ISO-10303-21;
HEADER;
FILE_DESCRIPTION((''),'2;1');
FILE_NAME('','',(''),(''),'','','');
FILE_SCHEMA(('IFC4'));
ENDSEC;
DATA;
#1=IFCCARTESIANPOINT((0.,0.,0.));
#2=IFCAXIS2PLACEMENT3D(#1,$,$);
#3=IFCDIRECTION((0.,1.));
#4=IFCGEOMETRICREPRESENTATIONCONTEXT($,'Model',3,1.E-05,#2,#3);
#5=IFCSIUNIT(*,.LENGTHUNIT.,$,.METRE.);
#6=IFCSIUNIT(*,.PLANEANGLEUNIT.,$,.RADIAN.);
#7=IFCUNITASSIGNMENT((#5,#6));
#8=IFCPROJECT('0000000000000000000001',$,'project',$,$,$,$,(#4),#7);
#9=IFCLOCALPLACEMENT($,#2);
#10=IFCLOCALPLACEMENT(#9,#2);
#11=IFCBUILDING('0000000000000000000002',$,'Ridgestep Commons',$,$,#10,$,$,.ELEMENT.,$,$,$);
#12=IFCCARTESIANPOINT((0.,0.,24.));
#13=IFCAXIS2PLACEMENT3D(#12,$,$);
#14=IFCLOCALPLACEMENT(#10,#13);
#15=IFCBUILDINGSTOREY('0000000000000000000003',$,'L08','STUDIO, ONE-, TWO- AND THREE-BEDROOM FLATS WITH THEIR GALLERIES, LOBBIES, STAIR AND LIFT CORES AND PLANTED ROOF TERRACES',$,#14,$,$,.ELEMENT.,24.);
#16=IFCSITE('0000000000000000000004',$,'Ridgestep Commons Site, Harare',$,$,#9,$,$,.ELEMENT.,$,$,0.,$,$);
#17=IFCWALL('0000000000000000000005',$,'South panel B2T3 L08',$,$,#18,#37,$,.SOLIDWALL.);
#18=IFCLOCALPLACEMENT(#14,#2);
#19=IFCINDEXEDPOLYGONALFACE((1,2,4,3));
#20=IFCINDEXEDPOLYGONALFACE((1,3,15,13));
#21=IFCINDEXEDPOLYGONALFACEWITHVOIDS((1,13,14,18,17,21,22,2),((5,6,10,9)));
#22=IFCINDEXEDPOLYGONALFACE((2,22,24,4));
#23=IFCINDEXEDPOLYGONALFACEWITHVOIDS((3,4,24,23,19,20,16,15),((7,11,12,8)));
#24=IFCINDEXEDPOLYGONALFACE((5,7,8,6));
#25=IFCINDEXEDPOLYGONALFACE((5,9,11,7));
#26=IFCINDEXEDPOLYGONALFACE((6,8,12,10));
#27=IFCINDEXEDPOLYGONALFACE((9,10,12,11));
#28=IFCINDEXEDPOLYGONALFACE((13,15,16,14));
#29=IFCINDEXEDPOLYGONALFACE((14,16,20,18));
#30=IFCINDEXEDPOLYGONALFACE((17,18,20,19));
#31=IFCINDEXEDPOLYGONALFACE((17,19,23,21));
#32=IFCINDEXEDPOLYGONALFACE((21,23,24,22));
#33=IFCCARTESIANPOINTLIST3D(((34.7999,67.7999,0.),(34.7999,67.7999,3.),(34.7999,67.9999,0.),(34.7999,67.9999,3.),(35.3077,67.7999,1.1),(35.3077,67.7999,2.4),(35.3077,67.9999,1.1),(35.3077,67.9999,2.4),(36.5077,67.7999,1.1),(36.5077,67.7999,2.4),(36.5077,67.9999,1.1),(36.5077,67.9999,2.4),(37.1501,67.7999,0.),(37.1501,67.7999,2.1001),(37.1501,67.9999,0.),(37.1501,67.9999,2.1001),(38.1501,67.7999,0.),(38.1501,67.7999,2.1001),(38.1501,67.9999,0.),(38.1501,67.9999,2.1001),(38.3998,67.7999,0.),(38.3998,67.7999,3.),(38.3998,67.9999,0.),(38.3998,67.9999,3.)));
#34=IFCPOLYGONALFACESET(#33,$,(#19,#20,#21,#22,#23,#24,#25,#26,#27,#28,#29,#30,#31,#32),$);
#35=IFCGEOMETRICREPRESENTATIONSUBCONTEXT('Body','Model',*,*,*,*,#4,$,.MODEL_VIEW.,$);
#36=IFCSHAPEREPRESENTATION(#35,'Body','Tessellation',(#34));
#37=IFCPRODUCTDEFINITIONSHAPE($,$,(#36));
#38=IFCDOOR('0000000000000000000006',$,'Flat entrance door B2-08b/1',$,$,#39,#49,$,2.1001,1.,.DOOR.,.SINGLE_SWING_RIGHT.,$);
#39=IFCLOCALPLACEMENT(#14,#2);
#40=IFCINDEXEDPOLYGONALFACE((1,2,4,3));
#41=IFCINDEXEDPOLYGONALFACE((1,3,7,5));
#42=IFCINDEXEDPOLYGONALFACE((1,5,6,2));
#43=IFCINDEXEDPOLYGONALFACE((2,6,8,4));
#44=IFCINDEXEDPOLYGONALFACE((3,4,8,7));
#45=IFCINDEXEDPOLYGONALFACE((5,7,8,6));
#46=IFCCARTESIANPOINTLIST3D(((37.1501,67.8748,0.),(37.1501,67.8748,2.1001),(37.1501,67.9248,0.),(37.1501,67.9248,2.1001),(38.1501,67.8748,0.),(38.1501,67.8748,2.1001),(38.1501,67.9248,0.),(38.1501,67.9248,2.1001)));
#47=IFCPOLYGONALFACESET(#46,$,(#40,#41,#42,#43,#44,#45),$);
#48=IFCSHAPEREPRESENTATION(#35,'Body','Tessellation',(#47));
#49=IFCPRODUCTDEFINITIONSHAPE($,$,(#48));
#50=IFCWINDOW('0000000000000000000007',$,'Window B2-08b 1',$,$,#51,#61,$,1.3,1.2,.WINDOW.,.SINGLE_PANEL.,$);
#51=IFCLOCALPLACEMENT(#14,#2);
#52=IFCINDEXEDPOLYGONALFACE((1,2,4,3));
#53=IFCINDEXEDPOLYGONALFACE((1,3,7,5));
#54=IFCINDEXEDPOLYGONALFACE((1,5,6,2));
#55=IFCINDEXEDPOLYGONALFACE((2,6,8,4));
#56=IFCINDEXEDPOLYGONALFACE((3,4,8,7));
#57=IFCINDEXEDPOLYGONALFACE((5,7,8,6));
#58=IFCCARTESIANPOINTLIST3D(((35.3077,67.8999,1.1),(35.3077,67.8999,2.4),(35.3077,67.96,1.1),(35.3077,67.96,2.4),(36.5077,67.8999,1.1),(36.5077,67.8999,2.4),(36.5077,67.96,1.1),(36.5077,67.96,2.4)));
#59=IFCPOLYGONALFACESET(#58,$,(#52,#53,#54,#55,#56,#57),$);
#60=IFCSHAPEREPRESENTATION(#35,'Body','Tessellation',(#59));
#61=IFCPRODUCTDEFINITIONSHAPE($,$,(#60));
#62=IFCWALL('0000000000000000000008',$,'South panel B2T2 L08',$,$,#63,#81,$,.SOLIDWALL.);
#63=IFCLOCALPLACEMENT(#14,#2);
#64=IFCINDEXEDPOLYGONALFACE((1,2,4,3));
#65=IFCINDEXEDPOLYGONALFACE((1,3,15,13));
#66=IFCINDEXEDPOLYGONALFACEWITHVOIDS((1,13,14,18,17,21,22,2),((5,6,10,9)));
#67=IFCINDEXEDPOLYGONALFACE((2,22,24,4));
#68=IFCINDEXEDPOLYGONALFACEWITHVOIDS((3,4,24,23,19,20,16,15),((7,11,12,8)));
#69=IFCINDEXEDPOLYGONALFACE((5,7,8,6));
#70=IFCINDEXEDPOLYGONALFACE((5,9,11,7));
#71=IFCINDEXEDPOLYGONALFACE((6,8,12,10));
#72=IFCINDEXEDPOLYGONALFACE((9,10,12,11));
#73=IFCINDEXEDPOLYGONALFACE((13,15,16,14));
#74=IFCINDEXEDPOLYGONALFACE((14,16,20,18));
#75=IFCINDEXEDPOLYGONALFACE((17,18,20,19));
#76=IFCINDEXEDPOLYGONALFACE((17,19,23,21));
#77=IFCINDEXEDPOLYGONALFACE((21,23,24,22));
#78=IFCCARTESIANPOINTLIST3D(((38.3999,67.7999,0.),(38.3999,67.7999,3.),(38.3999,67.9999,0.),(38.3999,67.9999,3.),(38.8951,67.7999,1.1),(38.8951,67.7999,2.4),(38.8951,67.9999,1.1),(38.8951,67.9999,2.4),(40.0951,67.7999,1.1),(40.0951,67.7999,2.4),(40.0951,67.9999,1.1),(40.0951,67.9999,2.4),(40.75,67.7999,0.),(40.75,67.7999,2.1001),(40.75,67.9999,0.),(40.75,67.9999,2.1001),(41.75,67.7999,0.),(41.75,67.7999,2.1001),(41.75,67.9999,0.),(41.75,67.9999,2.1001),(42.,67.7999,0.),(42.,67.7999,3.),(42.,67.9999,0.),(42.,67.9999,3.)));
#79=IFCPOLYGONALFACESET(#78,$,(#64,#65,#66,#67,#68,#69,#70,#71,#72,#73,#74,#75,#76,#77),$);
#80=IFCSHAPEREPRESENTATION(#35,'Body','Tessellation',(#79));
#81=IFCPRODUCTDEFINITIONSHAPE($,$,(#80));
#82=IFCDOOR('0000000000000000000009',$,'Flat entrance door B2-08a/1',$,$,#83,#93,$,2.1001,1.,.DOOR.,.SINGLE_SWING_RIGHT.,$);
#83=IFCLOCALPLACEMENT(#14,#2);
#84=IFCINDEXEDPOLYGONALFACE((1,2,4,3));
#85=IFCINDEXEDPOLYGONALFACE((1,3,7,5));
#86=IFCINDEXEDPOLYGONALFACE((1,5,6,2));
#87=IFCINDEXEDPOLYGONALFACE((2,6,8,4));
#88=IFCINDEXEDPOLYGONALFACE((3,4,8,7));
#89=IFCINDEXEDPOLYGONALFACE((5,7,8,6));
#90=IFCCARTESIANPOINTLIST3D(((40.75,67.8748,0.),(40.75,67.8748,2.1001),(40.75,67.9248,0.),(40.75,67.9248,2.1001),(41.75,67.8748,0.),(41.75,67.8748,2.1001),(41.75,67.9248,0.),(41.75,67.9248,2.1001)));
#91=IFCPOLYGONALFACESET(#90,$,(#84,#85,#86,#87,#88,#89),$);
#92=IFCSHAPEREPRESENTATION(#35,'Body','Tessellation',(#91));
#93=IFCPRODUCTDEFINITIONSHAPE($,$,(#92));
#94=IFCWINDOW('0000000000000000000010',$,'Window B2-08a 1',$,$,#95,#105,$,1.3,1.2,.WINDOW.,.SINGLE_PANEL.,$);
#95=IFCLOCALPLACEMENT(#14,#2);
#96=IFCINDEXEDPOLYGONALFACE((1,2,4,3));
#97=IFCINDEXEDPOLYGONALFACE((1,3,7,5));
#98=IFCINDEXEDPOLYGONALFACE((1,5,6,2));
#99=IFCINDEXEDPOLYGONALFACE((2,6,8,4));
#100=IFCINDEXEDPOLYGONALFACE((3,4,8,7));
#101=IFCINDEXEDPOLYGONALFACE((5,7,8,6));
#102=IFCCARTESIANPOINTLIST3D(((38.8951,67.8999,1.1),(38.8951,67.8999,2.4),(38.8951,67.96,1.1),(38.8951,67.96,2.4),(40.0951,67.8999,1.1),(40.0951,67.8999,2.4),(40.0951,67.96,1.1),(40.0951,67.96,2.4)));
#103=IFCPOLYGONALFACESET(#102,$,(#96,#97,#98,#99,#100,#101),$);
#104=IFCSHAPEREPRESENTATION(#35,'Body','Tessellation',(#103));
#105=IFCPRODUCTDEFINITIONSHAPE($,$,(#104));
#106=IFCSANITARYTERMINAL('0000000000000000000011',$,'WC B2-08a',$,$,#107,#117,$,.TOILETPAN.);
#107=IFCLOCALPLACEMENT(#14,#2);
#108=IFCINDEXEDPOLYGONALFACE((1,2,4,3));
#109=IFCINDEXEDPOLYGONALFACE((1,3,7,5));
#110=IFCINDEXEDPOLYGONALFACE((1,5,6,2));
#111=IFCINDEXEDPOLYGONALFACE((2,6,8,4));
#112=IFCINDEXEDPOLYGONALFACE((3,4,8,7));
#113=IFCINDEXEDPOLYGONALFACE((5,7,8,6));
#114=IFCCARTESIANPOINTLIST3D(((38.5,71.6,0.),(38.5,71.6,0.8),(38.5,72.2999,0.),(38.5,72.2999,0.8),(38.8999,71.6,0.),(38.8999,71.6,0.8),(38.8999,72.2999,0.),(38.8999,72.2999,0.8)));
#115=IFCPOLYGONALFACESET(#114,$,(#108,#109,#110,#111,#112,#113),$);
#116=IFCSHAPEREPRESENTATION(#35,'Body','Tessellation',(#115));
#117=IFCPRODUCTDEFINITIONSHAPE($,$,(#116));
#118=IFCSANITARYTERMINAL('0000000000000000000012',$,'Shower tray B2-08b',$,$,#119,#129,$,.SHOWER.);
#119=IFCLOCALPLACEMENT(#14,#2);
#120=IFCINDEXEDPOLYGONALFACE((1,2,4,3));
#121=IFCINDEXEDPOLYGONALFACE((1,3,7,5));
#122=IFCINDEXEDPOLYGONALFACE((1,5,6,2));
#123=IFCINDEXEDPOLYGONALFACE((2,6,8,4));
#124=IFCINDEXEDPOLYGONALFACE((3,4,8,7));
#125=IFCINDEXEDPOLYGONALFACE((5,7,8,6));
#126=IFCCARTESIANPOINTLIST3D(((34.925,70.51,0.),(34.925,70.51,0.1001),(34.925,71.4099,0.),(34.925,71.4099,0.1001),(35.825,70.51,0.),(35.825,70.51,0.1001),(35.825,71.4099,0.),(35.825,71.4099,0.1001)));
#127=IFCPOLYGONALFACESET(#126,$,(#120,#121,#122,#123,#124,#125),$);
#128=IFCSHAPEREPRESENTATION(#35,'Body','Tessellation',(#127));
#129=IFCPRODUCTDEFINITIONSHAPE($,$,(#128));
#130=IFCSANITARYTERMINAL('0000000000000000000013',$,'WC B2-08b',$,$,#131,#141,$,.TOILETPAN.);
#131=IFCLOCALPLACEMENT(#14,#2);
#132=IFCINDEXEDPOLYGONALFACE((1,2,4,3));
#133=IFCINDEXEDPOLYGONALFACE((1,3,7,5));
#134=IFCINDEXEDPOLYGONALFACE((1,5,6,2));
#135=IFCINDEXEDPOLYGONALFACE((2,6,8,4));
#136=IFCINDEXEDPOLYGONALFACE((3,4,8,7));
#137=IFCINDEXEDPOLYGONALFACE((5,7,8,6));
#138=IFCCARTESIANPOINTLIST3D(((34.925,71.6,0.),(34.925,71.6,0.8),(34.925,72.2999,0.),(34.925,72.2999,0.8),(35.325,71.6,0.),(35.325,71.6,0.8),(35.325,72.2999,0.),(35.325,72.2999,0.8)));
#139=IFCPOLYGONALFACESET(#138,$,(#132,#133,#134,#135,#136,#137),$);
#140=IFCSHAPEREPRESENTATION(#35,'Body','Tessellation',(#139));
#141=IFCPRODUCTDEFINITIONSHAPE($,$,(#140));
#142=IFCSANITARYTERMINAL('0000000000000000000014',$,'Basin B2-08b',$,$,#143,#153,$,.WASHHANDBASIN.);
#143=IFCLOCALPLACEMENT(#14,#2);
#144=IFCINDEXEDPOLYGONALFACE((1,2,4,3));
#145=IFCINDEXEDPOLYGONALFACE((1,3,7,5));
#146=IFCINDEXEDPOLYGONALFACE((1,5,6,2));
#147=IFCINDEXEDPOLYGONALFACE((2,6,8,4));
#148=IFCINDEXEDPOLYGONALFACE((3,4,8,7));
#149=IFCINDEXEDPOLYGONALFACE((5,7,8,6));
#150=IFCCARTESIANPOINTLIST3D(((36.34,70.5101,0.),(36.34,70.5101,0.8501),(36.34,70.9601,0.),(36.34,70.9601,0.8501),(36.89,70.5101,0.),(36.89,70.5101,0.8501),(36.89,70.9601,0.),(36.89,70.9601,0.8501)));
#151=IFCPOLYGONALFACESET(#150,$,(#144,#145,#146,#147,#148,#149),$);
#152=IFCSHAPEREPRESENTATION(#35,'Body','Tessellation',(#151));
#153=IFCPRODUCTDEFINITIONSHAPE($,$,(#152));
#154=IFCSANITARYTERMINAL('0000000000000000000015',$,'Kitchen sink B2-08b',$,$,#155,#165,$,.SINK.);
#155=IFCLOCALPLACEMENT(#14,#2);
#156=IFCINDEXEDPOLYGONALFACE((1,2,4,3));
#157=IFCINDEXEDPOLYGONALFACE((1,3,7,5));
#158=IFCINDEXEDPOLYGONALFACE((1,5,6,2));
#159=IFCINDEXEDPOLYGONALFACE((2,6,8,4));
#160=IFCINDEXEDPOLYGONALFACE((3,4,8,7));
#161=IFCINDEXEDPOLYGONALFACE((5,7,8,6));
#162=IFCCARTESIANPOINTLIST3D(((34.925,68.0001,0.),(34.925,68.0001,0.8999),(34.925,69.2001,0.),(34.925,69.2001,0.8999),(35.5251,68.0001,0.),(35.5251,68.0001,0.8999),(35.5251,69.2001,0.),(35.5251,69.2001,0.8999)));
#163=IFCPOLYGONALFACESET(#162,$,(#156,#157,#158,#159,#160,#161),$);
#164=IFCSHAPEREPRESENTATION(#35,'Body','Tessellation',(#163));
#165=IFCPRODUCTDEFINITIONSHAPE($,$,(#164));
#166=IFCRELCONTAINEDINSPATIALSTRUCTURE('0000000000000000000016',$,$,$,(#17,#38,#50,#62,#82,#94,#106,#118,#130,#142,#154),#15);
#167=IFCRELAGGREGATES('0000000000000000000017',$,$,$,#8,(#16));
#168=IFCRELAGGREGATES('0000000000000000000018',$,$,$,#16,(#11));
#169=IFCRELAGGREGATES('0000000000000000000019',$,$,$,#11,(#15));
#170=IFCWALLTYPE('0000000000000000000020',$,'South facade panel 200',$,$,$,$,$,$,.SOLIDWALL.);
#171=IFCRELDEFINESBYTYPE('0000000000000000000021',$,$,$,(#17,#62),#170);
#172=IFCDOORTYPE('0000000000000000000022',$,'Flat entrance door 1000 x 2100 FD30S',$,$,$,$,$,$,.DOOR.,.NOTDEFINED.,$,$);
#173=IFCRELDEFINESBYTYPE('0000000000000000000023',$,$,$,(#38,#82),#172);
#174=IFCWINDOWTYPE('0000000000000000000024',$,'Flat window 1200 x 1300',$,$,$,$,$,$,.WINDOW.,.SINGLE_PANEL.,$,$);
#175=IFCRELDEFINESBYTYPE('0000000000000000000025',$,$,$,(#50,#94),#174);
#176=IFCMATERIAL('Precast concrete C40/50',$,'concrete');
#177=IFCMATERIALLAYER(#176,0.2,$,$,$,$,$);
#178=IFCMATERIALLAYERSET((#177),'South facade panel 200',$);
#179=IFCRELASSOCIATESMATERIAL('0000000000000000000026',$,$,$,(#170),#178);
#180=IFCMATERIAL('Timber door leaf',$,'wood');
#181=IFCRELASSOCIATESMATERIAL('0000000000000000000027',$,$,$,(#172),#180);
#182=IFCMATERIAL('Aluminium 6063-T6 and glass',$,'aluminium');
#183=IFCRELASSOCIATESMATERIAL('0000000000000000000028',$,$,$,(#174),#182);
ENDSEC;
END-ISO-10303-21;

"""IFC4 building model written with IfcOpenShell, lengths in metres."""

from ifc_helpers import new_model, si_unit, direction, frame, frame_2d, origin, origin_2d, place, context, subcontext, project, spatial, rectangle, extrude, material, layer, layer_set, type_object, element, fill, save


model = new_model("IFC4")

# Units and contexts
model_context = context("Model", 3, precision=1e-05, world=origin(), true_north=direction((0.0, 1.0)))
body_context = subcontext(model_context, "Body", "Model", "MODEL_VIEW")
ifc_project = project(units=[si_unit("LENGTHUNIT", "METRE"), si_unit("PLANEANGLEUNIT", "RADIAN")], contexts=[model_context])

# Site, building, storey
site_placement = place(None, origin())
site = spatial("IfcSite", under=ifc_project, at=site_placement, Name="Ridgestep Commons Site, Harare", CompositionType="ELEMENT", RefElevation=0.0)
building_placement = place(site_placement, origin())
building = spatial("IfcBuilding", under=site, at=building_placement, Name="Ridgestep Commons", CompositionType="ELEMENT")
storey_placement = place(building_placement, frame((0.0, 0.0, 24.0)))
storey = spatial("IfcBuildingStorey", under=building, at=storey_placement, Name="L08", Description="STUDIO, ONE-, TWO- AND THREE-BEDROOM FLATS WITH THEIR GALLERIES, LOBBIES, STAIR AND LIFT CORES AND PLANTED ROOF TERRACES", CompositionType="ELEMENT", Elevation=24.0)

# Walls, openings, doors, windows
ifc_material_1 = material(Name="Precast concrete C40/50", Category="concrete")
ifc_layer_1 = layer(ifc_material_1, 0.2)
ifc_layer_set_1 = layer_set([ifc_layer_1], Name="South facade panel 200")
wall_type_1 = type_object("IfcWallType", Name="South facade panel 200", PredefinedType="SOLIDWALL", material=ifc_layer_set_1)
wall_1_placement = place(storey_placement, frame((34.8, 67.8999, 0.0), z_axis=(0.0, 0.0, 1.0), x_axis=(1.0, 0.0, 0.0)))
wall_1 = element("IfcWall", 1, at=wall_1_placement, inside=storey, type_object=wall_type_1, Name="South panel B2T3 L08", PredefinedType="SOLIDWALL", context=body_context, shape_type="SweptSolid", body=[
    extrude(rectangle(XDim=3.5999, YDim=0.2, at=frame_2d((1.7998, 0.0))), origin(), (0.0, 0.0, 1.0), 3.0),
])
opening_1_placement = place(wall_1_placement, frame((0.5076, 0.0, 1.1001)))
opening_1 = element("IfcOpeningElement", 2, at=opening_1_placement, cuts=wall_1, PredefinedType="OPENING", context=body_context, shape_type="SweptSolid", body=[
    extrude(rectangle(XDim=1.2, YDim=1.3, at=frame_2d((0.6001, 0.6499))), frame((0.0, 0.1099, 0.0), z_axis=(0.0, -1.0, 0.0), x_axis=(1.0, 0.0, 0.0)), (0.0, 0.0, 1.0), 0.22),
])
opening_2_placement = place(wall_1_placement, frame((2.3501, 0.0, 0.0)))
opening_2 = element("IfcOpeningElement", 3, at=opening_2_placement, cuts=wall_1, PredefinedType="OPENING", context=body_context, shape_type="SweptSolid", body=[
    extrude(rectangle(XDim=1.0, YDim=2.1001, at=frame_2d((0.5, 1.05))), frame((0.0, 0.1099, 0.0), z_axis=(0.0, -1.0, 0.0), x_axis=(1.0, 0.0, 0.0)), (0.0, 0.0, 1.0), 0.22),
])
ifc_material_2 = material(Name="Timber door leaf", Category="wood")
door_type_1 = type_object("IfcDoorType", Name="Flat entrance door 1000 x 2100 FD30S", OperationType="NOTDEFINED", PredefinedType="DOOR", material=ifc_material_2)
door_1_placement = place(opening_2_placement, origin())
door_1 = element("IfcDoor", 4, at=door_1_placement, inside=storey, type_object=door_type_1, Name="Flat entrance door B2-08b/1", OperationType="SINGLE_SWING_RIGHT", OverallHeight=2.1001, OverallWidth=1.0, PredefinedType="DOOR", context=body_context, shape_type="SweptSolid", body=[
    extrude(rectangle(XDim=1.0, YDim=2.1001, at=frame_2d((0.5, 1.05))), frame((0.0, 0.0249, 0.0), z_axis=(0.0, -1.0, 0.0), x_axis=(1.0, 0.0, 0.0)), (0.0, 0.0, 1.0), 0.05),
])
fill(opening_2, door_1)
ifc_material_3 = material(Name="Aluminium 6063-T6 and glass", Category="aluminium")
window_type = type_object("IfcWindowType", Name="Flat window 1200 x 1300", PartitioningType="SINGLE_PANEL", PredefinedType="WINDOW", material=ifc_material_3)
window_1_placement = place(opening_1_placement, origin())
window_1 = element("IfcWindow", 5, at=window_1_placement, inside=storey, type_object=window_type, Name="Window B2-08b 1", OverallHeight=1.3, OverallWidth=1.2, PartitioningType="SINGLE_PANEL", PredefinedType="WINDOW", context=body_context, shape_type="SweptSolid", body=[
    extrude(rectangle(XDim=1.2, YDim=1.3, at=frame_2d((0.6001, 0.6499))), frame((0.0, 0.0601, 0.0), z_axis=(0.0, -1.0, 0.0), x_axis=(1.0, 0.0, 0.0)), (0.0, 0.0, 1.0), 0.0601),
])
fill(opening_1, window_1)
wall_2_placement = place(storey_placement, frame((38.3999, 67.8999, 0.0), z_axis=(0.0, 0.0, 1.0), x_axis=(1.0, 0.0, 0.0)))
wall_2 = element("IfcWall", 6, at=wall_2_placement, inside=storey, type_object=wall_type_1, Name="South panel B2T2 L08", PredefinedType="SOLIDWALL", context=body_context, shape_type="SweptSolid", body=[
    extrude(rectangle(XDim=3.6001, YDim=0.2, at=frame_2d((1.8, 0.0))), origin(), (0.0, 0.0, 1.0), 3.0),
])
opening_3_placement = place(wall_2_placement, frame((0.4951, 0.0, 1.1001)))
opening_3 = element("IfcOpeningElement", 7, at=opening_3_placement, cuts=wall_2, PredefinedType="OPENING", context=body_context, shape_type="SweptSolid", body=[
    extrude(rectangle(XDim=1.2, YDim=1.3, at=frame_2d((0.6001, 0.6499))), frame((0.0, 0.1099, 0.0), z_axis=(0.0, -1.0, 0.0), x_axis=(1.0, 0.0, 0.0)), (0.0, 0.0, 1.0), 0.22),
])
opening_4_placement = place(wall_2_placement, frame((2.3501, 0.0, 0.0)))
opening_4 = element("IfcOpeningElement", 8, at=opening_4_placement, cuts=wall_2, PredefinedType="OPENING", context=body_context, shape_type="SweptSolid", body=[
    extrude(rectangle(XDim=1.0, YDim=2.1001, at=frame_2d((0.5, 1.05))), frame((0.0, 0.1099, 0.0), z_axis=(0.0, -1.0, 0.0), x_axis=(1.0, 0.0, 0.0)), (0.0, 0.0, 1.0), 0.22),
])
door_2_placement = place(opening_4_placement, origin())
door_2 = element("IfcDoor", 9, at=door_2_placement, inside=storey, type_object=door_type_1, Name="Flat entrance door B2-08a/1", OperationType="SINGLE_SWING_RIGHT", OverallHeight=2.1001, OverallWidth=1.0, PredefinedType="DOOR", context=body_context, shape_type="SweptSolid", body=[
    extrude(rectangle(XDim=1.0, YDim=2.1001, at=frame_2d((0.5, 1.05))), frame((0.0, 0.0249, 0.0), z_axis=(0.0, -1.0, 0.0), x_axis=(1.0, 0.0, 0.0)), (0.0, 0.0, 1.0), 0.05),
])
fill(opening_4, door_2)
window_2_placement = place(opening_3_placement, origin())
window_2 = element("IfcWindow", 10, at=window_2_placement, inside=storey, type_object=window_type, Name="Window B2-08a 1", OverallHeight=1.3, OverallWidth=1.2, PartitioningType="SINGLE_PANEL", PredefinedType="WINDOW", context=body_context, shape_type="SweptSolid", body=[
    extrude(rectangle(XDim=1.2, YDim=1.3, at=frame_2d((0.6001, 0.6499))), frame((0.0, 0.0601, 0.0), z_axis=(0.0, -1.0, 0.0), x_axis=(1.0, 0.0, 0.0)), (0.0, 0.0, 1.0), 0.0601),
])
fill(opening_3, window_2)

# Sanitary terminals
sanitary_terminal_1_placement = place(storey_placement, frame((38.7, 71.95, 0.0), z_axis=(0.0, 0.0, 1.0), x_axis=(1.0, 0.0, 0.0)))
element("IfcSanitaryTerminal", 11, at=sanitary_terminal_1_placement, inside=storey, Name="WC B2-08a", PredefinedType="TOILETPAN", context=body_context, shape_type="SweptSolid", body=[
    extrude(rectangle(XDim=0.3999, YDim=0.7, at=origin_2d()), origin(), (0.0, 0.0, 1.0), 0.8),
])
sanitary_terminal_2_placement = place(storey_placement, frame((35.375, 70.96, 0.0), z_axis=(0.0, 0.0, 1.0), x_axis=(1.0, 0.0, 0.0)))
element("IfcSanitaryTerminal", 12, at=sanitary_terminal_2_placement, inside=storey, Name="Shower tray B2-08b", PredefinedType="SHOWER", context=body_context, shape_type="SweptSolid", body=[
    extrude(rectangle(XDim=0.8999, YDim=0.8999, at=origin_2d()), origin(), (0.0, 0.0, 1.0), 0.1001),
])
sanitary_terminal_3_placement = place(storey_placement, frame((35.125, 71.95, 0.0), z_axis=(0.0, 0.0, 1.0), x_axis=(1.0, 0.0, 0.0)))
element("IfcSanitaryTerminal", 13, at=sanitary_terminal_3_placement, inside=storey, Name="WC B2-08b", PredefinedType="TOILETPAN", context=body_context, shape_type="SweptSolid", body=[
    extrude(rectangle(XDim=0.3999, YDim=0.7, at=origin_2d()), origin(), (0.0, 0.0, 1.0), 0.8),
])
sanitary_terminal_4_placement = place(storey_placement, frame((36.615, 70.7351, 0.0), z_axis=(0.0, 0.0, 1.0), x_axis=(1.0, 0.0, 0.0)))
element("IfcSanitaryTerminal", 14, at=sanitary_terminal_4_placement, inside=storey, Name="Basin B2-08b", PredefinedType="WASHHANDBASIN", context=body_context, shape_type="SweptSolid", body=[
    extrude(rectangle(XDim=0.55, YDim=0.45, at=origin_2d()), origin(), (0.0, 0.0, 1.0), 0.8501),
])
sanitary_terminal_5_placement = place(storey_placement, frame((35.2251, 68.6001, 0.0), z_axis=(0.0, 0.0, 1.0), x_axis=(1.0, 0.0, 0.0)))
element("IfcSanitaryTerminal", 15, at=sanitary_terminal_5_placement, inside=storey, Name="Kitchen sink B2-08b", PredefinedType="SINK", context=body_context, shape_type="SweptSolid", body=[
    extrude(rectangle(XDim=0.6001, YDim=1.2, at=origin_2d()), origin(), (0.0, 0.0, 1.0), 0.8999),
])

save(model, "model.ifc")
